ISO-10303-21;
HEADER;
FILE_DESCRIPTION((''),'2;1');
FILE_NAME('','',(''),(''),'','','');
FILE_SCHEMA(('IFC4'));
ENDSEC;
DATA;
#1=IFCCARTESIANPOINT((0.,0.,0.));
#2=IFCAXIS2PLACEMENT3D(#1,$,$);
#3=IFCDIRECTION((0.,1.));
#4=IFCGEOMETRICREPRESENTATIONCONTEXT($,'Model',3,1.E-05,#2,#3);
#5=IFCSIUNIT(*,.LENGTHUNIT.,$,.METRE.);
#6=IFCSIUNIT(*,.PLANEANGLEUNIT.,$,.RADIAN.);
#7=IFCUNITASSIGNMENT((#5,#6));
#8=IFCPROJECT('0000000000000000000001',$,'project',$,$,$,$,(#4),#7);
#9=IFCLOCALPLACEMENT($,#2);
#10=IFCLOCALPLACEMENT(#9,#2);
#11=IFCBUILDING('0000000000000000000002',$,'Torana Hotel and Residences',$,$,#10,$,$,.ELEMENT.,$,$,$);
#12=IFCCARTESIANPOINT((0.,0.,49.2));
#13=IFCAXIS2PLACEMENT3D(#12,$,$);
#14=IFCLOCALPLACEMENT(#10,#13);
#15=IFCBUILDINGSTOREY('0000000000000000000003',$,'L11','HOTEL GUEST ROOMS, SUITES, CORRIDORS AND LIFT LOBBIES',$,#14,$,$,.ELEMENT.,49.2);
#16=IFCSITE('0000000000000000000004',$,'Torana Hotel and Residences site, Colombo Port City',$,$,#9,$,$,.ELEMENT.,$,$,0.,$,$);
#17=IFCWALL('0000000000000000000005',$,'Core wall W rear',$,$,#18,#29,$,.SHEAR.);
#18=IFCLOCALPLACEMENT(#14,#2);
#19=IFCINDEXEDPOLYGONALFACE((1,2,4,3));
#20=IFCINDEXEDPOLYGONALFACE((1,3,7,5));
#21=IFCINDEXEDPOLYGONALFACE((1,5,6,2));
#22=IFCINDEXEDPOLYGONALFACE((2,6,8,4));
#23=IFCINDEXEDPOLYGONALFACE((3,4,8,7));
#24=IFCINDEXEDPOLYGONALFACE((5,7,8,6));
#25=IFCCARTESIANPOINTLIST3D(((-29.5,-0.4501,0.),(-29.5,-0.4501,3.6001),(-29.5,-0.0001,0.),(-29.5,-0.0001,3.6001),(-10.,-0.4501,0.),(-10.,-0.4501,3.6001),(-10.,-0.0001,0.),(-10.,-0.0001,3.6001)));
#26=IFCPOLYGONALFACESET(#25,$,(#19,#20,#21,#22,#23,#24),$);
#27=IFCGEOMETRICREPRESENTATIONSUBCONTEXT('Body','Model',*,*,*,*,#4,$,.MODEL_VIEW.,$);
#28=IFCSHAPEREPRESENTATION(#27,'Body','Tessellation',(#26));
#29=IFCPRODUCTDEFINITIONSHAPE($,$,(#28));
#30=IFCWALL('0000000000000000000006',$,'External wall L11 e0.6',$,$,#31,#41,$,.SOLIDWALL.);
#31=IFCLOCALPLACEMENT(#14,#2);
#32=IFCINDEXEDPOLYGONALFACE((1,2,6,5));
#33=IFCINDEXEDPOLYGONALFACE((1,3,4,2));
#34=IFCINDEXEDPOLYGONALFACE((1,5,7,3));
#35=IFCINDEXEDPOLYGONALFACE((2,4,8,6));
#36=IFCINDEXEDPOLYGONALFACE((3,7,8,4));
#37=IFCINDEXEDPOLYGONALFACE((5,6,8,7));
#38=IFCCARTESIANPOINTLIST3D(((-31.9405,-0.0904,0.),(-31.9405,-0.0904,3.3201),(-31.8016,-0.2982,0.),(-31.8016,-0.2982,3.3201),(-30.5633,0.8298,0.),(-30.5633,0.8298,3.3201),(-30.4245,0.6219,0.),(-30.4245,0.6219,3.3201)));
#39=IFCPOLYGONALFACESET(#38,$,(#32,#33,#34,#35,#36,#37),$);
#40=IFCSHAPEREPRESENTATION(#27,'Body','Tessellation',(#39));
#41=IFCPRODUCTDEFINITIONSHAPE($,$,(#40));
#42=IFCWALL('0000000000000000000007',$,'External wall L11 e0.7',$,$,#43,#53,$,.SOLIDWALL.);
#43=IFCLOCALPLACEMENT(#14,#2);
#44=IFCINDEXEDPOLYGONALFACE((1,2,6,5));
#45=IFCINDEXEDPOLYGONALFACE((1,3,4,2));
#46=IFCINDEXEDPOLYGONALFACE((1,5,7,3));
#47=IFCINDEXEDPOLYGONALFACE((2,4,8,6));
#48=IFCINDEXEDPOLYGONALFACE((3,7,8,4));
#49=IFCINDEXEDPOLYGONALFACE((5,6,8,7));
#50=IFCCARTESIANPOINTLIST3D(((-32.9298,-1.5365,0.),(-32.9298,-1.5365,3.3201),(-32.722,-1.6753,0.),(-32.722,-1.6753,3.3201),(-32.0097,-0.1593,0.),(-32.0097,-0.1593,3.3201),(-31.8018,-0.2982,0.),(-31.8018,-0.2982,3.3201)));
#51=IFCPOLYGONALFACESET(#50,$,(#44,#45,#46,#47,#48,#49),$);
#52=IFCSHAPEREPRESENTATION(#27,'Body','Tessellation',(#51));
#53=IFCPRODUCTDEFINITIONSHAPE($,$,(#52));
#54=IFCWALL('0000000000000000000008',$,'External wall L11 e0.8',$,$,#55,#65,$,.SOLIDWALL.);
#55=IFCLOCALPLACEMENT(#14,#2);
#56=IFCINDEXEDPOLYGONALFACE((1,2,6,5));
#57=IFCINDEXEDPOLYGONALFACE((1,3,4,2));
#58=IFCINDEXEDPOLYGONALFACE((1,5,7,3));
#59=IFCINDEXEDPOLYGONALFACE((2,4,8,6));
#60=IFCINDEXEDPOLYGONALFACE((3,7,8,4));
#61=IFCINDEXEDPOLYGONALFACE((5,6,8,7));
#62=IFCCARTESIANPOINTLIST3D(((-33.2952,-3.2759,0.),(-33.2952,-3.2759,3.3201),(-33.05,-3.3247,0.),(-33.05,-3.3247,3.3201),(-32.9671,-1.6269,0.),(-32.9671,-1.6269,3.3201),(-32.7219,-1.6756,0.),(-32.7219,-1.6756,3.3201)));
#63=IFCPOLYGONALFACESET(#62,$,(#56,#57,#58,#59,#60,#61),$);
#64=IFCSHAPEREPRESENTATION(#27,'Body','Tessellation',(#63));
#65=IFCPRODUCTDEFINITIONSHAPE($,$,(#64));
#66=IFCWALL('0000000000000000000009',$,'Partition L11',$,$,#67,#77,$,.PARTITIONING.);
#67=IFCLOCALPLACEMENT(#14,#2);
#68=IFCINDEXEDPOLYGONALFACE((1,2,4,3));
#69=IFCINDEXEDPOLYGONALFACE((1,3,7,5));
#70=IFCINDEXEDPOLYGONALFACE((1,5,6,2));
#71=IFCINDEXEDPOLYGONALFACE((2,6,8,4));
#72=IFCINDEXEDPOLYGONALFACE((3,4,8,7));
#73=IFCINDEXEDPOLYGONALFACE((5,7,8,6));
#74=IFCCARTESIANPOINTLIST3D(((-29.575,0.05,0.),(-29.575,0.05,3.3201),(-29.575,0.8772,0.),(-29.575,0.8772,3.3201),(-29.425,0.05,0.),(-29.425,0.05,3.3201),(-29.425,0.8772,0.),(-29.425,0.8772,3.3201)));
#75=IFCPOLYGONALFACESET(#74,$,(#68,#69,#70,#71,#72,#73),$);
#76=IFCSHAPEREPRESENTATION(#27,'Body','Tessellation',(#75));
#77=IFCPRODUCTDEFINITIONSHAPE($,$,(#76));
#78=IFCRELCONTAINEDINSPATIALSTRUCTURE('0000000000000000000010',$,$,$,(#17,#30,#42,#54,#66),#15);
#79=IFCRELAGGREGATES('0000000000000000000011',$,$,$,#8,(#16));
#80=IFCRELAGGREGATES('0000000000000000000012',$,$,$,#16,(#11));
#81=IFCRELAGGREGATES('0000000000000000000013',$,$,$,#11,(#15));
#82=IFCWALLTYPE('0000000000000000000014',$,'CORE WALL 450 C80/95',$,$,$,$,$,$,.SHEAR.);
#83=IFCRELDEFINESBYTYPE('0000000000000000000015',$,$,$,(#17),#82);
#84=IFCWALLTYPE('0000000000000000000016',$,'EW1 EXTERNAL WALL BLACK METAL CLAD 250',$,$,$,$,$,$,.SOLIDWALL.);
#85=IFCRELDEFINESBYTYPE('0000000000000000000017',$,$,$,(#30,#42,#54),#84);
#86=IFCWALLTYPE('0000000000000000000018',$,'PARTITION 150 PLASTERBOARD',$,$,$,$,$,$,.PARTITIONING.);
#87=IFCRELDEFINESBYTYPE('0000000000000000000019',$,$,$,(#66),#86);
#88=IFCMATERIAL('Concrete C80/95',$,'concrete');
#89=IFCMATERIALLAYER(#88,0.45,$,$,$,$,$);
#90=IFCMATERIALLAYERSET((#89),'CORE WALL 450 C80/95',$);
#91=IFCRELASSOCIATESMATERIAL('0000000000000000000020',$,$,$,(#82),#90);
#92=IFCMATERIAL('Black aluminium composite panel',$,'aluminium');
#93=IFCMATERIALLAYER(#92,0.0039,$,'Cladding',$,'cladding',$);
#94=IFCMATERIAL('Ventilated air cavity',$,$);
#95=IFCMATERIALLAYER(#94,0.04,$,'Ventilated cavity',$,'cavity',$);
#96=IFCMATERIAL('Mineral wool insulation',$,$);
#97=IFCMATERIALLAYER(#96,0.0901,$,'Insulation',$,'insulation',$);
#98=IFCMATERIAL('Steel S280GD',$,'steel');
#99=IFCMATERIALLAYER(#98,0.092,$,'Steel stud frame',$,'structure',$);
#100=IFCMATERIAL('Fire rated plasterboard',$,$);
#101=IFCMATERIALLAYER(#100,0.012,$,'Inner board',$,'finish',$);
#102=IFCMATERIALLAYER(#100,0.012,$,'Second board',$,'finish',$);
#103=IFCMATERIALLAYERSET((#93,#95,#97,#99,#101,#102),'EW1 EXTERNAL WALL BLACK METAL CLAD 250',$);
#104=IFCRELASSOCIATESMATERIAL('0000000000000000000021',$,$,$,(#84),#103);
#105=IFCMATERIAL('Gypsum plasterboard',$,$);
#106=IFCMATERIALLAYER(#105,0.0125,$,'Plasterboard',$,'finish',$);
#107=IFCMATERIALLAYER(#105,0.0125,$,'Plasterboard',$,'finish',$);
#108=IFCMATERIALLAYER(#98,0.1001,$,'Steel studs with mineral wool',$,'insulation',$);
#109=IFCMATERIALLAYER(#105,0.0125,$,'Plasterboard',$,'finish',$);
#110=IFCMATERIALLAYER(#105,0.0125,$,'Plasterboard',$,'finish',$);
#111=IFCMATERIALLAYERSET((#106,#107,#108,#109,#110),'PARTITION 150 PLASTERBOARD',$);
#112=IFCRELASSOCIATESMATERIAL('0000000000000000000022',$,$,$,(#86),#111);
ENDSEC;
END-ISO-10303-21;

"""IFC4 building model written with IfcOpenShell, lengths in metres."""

from ifc_helpers import new_model, si_unit, direction, frame, frame_2d, origin, place, context, subcontext, project, spatial, rectangle, extrude, material, layer, layer_set, type_object, element, save


model = new_model("IFC4")

# Units and contexts
model_context = context("Model", 3, precision=1e-05, world=origin(), true_north=direction((0.0, 1.0)))
body_context = subcontext(model_context, "Body", "Model", "MODEL_VIEW")
ifc_project = project(units=[si_unit("LENGTHUNIT", "METRE"), si_unit("PLANEANGLEUNIT", "RADIAN")], contexts=[model_context])

# Site, building, storey
site_placement = place(None, origin())
site = spatial("IfcSite", under=ifc_project, at=site_placement, Name="Torana Hotel and Residences site, Colombo Port City", CompositionType="ELEMENT", RefElevation=0.0)
building_placement = place(site_placement, origin())
building = spatial("IfcBuilding", under=site, at=building_placement, Name="Torana Hotel and Residences", CompositionType="ELEMENT")
storey_placement = place(building_placement, frame((0.0, 0.0, 49.2)))
storey = spatial("IfcBuildingStorey", under=building, at=storey_placement, Name="L11", Description="HOTEL GUEST ROOMS, SUITES, CORRIDORS AND LIFT LOBBIES", CompositionType="ELEMENT", Elevation=49.2)

# Walls
ifc_material_1 = material(Name="Concrete C80/95", Category="concrete")
ifc_layer_1 = layer(ifc_material_1, 0.45)
ifc_layer_set_1 = layer_set([ifc_layer_1], Name="CORE WALL 450 C80/95")
wall_type_1 = type_object("IfcWallType", Name="CORE WALL 450 C80/95", PredefinedType="SHEAR", material=ifc_layer_set_1)
wall_1_placement = place(storey_placement, frame((-29.5, -0.2251, 0.0), z_axis=(0.0, 0.0, 1.0), x_axis=(1.0, 0.0, 0.0)))
element("IfcWall", 1, at=wall_1_placement, inside=storey, type_object=wall_type_1, Name="Core wall W rear", PredefinedType="SHEAR", context=body_context, shape_type="SweptSolid", body=[
    extrude(rectangle(XDim=19.5, YDim=0.45, at=frame_2d((9.75, 0.0))), origin(), (0.0, 0.0, 1.0), 3.6001),
])
ifc_material_2 = material(Name="Black aluminium composite panel", Category="aluminium")
ifc_layer_2 = layer(ifc_material_2, 0.0039, Name="Cladding", Category="cladding")
ifc_material_3 = material(Name="Ventilated air cavity")
ifc_layer_3 = layer(ifc_material_3, 0.04, Name="Ventilated cavity", Category="cavity")
ifc_material_4 = material(Name="Mineral wool insulation")
ifc_layer_4 = layer(ifc_material_4, 0.0901, Name="Insulation", Category="insulation")
ifc_material_5 = material(Name="Steel S280GD", Category="steel")
ifc_layer_5 = layer(ifc_material_5, 0.092, Name="Steel stud frame", Category="structure")
ifc_material_6 = material(Name="Fire rated plasterboard")
ifc_layer_6 = layer(ifc_material_6, 0.012, Name="Inner board", Category="finish")
ifc_layer_7 = layer(ifc_material_6, 0.012, Name="Second board", Category="finish")
ifc_layer_set_2 = layer_set([ifc_layer_2, ifc_layer_3, ifc_layer_4, ifc_layer_5, ifc_layer_6, ifc_layer_7], Name="EW1 EXTERNAL WALL BLACK METAL CLAD 250")
wall_type_2 = type_object("IfcWallType", Name="EW1 EXTERNAL WALL BLACK METAL CLAD 250", PredefinedType="SOLIDWALL", material=ifc_layer_set_2)
for number, where, z_axis, x_axis, name in (
    (2, (-30.4939, 0.7258, 0.0), (0.0, 0.0, 1.0), (-0.831483, -0.55555, 0.0), "External wall L11 e0.6"),
    (3, (-31.9058, -0.2288, 0.0), (0.0, 0.0, 1.0), (-0.55555, -0.831483, 0.0), "External wall L11 e0.7"),
):
    element("IfcWall", number, at=place(storey_placement, frame(where, z_axis=z_axis, x_axis=x_axis)), inside=storey, type_object=wall_type_2, Name=name, PredefinedType="SOLIDWALL", context=body_context, shape_type="SweptSolid", body=[
        extrude(rectangle(XDim=1.6562, YDim=0.25, at=frame_2d((0.8281, 0.0))), origin(), (0.0, 0.0, 1.0), 3.3201),
    ])
wall_2_placement = place(storey_placement, frame((-32.8445, -1.6511, 0.0), z_axis=(0.0, 0.0, 1.0), x_axis=(-0.195139, -0.980776, 0.0)))
element("IfcWall", 4, at=wall_2_placement, inside=storey, type_object=wall_type_2, Name="External wall L11 e0.8", PredefinedType="SOLIDWALL", context=body_context, shape_type="SweptSolid", body=[
    extrude(rectangle(XDim=1.6814, YDim=0.25, at=frame_2d((0.8408, 0.0))), origin(), (0.0, 0.0, 1.0), 3.3201),
])
ifc_material_7 = material(Name="Gypsum plasterboard")
ifc_layer_8 = layer(ifc_material_7, 0.0125, Name="Plasterboard", Category="finish")
ifc_layer_9 = layer(ifc_material_7, 0.0125, Name="Plasterboard", Category="finish")
ifc_layer_10 = layer(ifc_material_5, 0.1001, Name="Steel studs with mineral wool", Category="insulation")
ifc_layer_11 = layer(ifc_material_7, 0.0125, Name="Plasterboard", Category="finish")
ifc_layer_12 = layer(ifc_material_7, 0.0125, Name="Plasterboard", Category="finish")
ifc_layer_set_3 = layer_set([ifc_layer_8, ifc_layer_9, ifc_layer_10, ifc_layer_11, ifc_layer_12], Name="PARTITION 150 PLASTERBOARD")
wall_type_3 = type_object("IfcWallType", Name="PARTITION 150 PLASTERBOARD", PredefinedType="PARTITIONING", material=ifc_layer_set_3)
wall_3_placement = place(storey_placement, frame((-29.5, 0.05, 0.0), z_axis=(0.0, 0.0, 1.0), x_axis=(0.0, 1.0, 0.0)))
element("IfcWall", 5, at=wall_3_placement, inside=storey, type_object=wall_type_3, Name="Partition L11", PredefinedType="PARTITIONING", context=body_context, shape_type="SweptSolid", body=[
    extrude(rectangle(XDim=0.8271, YDim=0.1499, at=frame_2d((0.4136, 0.0))), origin(), (0.0, 0.0, 1.0), 3.3201),
])

save(model, "model.ifc")
